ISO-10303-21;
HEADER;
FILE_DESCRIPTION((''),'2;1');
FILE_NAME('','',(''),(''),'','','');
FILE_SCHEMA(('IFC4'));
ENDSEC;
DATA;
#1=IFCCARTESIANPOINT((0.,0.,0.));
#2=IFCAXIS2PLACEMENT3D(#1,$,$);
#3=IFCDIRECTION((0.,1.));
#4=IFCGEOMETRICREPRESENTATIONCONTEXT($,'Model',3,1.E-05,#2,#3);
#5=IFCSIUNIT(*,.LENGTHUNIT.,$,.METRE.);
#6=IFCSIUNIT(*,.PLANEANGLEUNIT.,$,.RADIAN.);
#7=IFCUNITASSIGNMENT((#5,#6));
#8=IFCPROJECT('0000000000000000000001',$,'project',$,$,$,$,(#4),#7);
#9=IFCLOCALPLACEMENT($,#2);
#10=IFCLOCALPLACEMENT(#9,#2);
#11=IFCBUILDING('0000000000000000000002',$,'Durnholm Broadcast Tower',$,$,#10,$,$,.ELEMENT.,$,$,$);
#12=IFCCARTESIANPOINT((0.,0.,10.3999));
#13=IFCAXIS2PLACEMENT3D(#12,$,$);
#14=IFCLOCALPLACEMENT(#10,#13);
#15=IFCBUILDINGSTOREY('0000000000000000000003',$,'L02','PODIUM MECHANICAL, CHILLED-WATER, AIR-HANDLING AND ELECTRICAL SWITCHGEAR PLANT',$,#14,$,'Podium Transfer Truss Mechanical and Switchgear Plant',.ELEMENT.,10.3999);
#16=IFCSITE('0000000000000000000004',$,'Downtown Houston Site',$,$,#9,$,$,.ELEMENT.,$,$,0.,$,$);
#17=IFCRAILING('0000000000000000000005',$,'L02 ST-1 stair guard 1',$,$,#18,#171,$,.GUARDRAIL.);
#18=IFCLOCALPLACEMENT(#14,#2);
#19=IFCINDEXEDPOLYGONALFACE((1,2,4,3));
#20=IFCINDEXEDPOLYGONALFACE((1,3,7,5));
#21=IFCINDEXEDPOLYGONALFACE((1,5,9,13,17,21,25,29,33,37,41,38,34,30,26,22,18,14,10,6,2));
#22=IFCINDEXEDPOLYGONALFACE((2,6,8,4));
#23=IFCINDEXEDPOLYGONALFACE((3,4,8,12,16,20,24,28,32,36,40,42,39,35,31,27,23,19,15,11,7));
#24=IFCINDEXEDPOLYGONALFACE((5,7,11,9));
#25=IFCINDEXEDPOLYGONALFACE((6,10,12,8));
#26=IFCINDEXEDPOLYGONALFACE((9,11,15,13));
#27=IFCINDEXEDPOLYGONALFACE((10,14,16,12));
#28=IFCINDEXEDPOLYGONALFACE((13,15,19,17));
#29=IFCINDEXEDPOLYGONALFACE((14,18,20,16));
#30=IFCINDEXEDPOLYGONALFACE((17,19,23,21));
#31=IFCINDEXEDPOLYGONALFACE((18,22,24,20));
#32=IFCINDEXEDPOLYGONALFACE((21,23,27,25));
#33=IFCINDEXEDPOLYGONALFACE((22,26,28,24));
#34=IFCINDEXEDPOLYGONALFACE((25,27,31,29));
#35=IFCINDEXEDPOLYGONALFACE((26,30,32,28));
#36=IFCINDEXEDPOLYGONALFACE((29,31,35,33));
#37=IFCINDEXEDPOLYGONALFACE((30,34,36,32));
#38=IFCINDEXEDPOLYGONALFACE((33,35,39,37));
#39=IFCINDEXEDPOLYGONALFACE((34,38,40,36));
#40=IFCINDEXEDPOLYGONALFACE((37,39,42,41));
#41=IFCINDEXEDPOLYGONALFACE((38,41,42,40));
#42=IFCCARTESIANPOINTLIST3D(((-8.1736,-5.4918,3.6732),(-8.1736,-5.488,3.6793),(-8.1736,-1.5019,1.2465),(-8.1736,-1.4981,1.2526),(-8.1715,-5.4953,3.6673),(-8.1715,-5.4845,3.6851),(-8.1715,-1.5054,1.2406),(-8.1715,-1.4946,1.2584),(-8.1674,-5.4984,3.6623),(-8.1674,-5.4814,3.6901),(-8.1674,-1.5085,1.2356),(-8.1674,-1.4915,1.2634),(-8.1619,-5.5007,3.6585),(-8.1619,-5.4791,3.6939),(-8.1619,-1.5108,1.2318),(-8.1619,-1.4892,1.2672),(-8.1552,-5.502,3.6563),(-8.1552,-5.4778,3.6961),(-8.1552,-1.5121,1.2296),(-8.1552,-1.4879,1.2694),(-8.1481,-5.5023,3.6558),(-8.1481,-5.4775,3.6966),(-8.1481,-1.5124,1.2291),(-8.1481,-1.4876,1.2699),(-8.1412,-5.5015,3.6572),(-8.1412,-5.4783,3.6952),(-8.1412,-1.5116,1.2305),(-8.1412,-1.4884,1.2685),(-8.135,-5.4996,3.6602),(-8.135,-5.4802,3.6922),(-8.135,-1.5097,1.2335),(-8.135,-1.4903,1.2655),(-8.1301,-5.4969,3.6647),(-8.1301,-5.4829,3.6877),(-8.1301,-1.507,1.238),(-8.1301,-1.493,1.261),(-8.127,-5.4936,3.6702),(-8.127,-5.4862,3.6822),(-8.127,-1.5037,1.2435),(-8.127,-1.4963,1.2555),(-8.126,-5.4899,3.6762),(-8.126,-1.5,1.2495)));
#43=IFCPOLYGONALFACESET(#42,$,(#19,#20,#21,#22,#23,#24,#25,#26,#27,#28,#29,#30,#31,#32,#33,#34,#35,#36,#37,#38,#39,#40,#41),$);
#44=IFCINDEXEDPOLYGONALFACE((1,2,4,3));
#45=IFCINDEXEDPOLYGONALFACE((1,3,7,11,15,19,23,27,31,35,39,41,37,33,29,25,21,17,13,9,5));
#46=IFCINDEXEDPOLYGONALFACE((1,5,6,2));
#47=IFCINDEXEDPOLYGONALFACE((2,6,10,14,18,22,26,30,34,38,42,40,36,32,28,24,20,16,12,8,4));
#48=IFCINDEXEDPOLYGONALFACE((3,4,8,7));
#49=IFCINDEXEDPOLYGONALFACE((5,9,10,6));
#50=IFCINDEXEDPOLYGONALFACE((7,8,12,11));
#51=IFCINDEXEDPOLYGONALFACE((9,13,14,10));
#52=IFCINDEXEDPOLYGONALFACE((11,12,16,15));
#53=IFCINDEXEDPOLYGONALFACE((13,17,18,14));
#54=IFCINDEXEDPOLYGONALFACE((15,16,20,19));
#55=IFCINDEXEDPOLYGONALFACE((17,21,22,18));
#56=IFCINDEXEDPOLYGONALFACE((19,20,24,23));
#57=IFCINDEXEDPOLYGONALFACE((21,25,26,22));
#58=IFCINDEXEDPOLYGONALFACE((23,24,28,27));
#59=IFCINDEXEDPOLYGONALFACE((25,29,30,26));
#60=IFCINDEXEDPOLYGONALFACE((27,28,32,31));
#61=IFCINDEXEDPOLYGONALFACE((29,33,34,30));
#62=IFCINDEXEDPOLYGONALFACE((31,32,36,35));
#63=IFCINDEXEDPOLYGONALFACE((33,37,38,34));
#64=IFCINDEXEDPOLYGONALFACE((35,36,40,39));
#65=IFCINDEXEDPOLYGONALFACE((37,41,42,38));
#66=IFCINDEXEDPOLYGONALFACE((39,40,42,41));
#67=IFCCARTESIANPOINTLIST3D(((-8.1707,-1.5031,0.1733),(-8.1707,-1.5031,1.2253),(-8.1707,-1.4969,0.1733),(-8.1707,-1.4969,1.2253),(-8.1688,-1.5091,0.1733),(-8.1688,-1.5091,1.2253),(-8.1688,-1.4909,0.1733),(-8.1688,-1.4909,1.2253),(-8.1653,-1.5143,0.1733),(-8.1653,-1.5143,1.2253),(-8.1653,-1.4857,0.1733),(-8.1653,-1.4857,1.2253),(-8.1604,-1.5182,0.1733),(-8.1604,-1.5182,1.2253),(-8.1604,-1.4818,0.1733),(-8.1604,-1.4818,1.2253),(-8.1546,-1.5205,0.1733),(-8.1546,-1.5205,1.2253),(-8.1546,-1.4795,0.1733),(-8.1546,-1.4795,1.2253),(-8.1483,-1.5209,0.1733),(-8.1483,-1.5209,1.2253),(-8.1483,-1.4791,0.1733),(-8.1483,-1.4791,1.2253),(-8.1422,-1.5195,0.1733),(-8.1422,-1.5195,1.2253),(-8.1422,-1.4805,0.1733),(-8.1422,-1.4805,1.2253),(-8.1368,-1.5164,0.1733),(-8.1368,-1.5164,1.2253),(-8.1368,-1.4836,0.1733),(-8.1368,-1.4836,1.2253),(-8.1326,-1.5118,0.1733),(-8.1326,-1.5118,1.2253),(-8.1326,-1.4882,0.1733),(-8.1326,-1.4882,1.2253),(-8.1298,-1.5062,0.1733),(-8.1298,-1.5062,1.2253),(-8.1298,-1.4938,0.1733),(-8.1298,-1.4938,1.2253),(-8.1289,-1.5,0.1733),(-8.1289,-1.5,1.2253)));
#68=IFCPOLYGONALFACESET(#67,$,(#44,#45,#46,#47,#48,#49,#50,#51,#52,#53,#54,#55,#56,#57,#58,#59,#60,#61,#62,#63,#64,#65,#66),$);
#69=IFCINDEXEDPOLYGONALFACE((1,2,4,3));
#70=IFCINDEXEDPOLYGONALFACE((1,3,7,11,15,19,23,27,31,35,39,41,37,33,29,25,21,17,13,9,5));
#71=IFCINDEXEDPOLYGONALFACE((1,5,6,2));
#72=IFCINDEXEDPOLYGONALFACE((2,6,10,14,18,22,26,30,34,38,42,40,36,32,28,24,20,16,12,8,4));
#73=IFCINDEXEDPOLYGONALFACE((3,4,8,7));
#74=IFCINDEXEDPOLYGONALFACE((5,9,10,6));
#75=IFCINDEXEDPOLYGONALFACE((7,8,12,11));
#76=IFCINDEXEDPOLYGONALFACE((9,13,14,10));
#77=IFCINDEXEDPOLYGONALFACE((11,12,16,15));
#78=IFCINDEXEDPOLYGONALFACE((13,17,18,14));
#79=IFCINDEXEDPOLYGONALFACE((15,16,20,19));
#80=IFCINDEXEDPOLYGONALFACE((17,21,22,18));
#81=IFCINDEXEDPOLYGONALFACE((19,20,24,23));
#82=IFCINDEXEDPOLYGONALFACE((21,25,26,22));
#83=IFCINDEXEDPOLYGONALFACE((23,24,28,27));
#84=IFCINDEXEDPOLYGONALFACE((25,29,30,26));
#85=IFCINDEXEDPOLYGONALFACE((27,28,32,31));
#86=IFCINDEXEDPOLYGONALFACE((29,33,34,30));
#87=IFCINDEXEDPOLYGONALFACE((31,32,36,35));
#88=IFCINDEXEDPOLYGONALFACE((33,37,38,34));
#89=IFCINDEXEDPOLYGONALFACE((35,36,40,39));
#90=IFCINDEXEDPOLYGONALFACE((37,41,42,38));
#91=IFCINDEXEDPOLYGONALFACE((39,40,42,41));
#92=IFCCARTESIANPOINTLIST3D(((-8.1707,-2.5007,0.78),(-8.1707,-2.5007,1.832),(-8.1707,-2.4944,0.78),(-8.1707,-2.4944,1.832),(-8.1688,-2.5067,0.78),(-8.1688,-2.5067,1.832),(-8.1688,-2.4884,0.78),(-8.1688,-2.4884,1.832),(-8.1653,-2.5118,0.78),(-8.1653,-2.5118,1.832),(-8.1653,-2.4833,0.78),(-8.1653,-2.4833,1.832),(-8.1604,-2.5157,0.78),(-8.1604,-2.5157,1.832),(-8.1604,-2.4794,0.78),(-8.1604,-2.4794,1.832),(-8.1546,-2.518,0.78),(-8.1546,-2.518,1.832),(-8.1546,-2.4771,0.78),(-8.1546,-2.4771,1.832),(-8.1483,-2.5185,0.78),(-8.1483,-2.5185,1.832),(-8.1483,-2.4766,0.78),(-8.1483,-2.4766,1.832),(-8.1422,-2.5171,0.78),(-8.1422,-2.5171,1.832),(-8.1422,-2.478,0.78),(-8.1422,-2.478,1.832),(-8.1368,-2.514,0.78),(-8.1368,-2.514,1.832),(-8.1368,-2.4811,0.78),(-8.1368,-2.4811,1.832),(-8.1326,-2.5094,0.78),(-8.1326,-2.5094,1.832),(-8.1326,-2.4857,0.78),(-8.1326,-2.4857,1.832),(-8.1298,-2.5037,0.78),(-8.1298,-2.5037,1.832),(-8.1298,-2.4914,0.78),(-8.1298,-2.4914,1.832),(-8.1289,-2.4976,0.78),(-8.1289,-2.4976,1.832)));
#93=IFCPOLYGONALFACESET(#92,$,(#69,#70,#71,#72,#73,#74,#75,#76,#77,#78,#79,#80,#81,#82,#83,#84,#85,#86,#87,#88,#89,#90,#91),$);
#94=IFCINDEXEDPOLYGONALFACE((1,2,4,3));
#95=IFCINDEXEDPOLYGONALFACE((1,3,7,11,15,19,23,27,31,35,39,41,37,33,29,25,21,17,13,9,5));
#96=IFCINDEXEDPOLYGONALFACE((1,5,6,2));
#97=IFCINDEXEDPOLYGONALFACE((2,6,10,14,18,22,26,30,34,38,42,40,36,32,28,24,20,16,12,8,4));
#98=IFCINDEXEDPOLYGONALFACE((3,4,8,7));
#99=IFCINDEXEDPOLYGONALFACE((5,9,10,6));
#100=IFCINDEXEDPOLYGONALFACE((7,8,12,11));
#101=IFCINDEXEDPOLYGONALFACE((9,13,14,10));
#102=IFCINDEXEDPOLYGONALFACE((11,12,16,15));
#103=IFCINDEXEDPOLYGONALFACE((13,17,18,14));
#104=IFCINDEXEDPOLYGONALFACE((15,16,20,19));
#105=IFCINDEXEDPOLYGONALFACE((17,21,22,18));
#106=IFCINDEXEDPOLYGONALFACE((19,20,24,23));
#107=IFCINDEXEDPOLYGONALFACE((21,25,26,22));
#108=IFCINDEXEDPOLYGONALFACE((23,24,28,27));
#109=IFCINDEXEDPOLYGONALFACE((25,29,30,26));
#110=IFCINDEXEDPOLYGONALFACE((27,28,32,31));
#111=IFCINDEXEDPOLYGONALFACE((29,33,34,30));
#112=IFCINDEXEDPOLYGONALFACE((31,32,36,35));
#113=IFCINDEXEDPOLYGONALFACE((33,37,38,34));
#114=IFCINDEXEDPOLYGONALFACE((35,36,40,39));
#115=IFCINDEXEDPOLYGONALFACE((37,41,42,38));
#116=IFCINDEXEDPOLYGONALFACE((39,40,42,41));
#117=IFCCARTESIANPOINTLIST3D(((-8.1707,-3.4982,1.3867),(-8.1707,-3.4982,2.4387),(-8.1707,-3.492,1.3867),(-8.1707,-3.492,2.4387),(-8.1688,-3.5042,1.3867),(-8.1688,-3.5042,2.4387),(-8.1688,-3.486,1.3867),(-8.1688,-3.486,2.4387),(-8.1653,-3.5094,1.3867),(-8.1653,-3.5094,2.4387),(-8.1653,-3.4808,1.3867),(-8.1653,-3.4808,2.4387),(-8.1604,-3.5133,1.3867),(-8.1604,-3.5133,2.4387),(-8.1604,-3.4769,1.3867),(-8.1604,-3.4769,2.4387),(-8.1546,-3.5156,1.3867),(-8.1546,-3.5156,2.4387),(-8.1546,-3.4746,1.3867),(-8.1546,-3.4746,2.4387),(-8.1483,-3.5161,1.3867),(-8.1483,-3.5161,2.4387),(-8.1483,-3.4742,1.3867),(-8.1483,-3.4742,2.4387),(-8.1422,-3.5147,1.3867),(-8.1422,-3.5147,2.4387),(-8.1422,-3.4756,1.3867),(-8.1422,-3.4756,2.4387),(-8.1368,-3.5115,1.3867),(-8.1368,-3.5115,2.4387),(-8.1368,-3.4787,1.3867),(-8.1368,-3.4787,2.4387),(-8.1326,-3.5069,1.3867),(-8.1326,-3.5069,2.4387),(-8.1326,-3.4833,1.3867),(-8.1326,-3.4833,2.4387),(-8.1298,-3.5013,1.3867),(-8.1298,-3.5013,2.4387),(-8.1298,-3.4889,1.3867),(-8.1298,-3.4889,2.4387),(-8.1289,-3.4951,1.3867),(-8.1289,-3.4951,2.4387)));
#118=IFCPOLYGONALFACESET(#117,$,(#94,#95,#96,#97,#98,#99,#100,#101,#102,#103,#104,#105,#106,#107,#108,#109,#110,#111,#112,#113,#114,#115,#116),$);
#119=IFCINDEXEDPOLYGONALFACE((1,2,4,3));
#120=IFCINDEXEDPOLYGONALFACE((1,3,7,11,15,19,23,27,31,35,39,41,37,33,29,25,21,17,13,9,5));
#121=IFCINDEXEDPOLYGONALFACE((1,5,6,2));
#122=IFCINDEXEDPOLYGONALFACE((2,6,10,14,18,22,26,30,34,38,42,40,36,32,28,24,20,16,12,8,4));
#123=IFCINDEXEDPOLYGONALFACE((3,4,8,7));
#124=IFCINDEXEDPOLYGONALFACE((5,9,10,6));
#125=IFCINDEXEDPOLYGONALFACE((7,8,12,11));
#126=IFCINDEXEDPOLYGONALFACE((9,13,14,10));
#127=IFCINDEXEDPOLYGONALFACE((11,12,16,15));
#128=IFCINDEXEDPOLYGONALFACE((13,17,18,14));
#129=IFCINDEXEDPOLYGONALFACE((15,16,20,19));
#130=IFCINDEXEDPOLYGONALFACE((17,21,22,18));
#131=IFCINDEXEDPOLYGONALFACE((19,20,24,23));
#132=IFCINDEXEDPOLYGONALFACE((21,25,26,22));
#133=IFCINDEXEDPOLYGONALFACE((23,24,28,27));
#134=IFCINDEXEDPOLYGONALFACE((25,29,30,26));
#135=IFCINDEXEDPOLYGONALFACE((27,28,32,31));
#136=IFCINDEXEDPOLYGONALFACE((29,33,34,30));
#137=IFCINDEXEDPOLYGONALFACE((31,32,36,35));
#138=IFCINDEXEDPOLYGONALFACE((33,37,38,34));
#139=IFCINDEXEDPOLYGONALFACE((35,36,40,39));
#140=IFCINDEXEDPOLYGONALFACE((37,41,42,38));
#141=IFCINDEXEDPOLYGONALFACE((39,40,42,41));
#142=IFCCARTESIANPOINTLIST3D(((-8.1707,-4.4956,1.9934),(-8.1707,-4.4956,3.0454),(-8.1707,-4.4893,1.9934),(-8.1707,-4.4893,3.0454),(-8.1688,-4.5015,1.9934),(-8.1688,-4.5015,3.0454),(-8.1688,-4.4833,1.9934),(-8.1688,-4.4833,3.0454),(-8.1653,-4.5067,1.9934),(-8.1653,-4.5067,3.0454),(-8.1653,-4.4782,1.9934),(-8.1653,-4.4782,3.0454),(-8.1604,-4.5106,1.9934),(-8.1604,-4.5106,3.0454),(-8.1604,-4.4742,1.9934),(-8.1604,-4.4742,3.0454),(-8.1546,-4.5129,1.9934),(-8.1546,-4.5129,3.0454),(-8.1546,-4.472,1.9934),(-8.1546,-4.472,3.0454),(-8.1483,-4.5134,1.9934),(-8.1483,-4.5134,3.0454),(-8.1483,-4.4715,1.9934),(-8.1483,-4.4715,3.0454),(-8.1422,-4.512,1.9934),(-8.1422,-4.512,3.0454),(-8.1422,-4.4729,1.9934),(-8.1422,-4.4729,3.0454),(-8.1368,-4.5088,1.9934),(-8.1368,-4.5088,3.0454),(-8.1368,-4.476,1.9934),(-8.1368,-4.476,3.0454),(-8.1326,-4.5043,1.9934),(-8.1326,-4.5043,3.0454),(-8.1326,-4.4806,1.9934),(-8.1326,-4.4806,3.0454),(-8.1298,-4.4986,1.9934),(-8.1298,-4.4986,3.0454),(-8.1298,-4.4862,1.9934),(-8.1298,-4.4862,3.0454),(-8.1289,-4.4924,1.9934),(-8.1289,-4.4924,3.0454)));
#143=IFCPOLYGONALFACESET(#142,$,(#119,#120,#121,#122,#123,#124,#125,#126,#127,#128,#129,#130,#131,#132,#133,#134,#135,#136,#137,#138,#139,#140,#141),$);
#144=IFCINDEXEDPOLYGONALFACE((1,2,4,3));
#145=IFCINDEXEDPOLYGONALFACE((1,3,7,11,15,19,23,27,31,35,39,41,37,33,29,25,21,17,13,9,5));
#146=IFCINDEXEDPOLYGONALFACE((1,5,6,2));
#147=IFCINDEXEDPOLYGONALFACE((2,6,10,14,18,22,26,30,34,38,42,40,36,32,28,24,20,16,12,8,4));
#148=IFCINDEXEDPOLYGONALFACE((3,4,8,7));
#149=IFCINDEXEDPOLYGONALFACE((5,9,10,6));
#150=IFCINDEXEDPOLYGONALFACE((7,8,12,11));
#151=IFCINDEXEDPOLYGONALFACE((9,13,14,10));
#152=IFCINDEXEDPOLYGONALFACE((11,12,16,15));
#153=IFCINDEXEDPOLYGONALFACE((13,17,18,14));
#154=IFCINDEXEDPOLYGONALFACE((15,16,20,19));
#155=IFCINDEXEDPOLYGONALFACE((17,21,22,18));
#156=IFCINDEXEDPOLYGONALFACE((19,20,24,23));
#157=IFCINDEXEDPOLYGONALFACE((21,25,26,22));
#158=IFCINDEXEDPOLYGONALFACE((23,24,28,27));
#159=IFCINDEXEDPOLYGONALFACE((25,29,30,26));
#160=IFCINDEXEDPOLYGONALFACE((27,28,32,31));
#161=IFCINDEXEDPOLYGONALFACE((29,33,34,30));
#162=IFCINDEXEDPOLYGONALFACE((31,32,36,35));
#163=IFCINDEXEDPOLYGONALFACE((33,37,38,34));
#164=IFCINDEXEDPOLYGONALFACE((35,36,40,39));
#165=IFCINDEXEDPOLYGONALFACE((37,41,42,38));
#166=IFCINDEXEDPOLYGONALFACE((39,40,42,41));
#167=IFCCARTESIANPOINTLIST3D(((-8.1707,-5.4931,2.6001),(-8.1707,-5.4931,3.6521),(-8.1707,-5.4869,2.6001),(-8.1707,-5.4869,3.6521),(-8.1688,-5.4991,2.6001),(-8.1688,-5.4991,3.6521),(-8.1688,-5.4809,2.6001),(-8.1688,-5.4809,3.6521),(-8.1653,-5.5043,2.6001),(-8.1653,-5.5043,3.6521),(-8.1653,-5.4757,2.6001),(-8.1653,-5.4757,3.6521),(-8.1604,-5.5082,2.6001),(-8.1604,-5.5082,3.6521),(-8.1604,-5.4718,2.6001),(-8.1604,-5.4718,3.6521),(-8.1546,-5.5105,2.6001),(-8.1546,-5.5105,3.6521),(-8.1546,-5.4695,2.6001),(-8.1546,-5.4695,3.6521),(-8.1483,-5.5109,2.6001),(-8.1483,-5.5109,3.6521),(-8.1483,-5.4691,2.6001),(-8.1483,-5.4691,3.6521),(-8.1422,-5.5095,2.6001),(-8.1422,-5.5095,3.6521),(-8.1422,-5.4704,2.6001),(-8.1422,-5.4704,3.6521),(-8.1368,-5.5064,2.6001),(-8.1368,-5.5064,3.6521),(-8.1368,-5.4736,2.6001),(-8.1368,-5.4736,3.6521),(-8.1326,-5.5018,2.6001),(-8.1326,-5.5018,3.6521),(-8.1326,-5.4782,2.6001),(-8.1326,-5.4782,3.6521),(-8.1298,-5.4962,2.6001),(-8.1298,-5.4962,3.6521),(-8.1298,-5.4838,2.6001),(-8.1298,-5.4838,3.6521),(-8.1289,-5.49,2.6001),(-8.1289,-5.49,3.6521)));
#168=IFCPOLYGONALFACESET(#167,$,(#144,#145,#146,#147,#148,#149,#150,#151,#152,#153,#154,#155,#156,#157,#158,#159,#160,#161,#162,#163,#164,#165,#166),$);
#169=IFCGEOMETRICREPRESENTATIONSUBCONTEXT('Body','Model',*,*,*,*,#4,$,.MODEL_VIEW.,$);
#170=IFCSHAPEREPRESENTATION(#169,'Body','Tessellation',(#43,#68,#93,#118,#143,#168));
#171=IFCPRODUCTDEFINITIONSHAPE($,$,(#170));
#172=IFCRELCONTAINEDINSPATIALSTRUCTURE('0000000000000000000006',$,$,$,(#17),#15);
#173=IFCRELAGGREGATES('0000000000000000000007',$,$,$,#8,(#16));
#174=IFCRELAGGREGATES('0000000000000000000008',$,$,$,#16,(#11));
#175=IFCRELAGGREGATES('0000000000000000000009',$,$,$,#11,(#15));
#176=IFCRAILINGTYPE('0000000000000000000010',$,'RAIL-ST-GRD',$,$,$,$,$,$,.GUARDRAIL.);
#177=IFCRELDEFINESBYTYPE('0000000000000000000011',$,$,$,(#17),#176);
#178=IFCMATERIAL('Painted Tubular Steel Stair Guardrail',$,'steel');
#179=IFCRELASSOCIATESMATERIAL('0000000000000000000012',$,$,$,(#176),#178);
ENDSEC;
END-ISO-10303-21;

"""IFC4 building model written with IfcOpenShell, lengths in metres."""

from ifc_helpers import new_model, si_unit, direction, frame, origin, origin_2d, place, context, subcontext, project, spatial, circle, extrude, material, type_object, element, save


model = new_model("IFC4")

# Units and contexts
model_context = context("Model", 3, precision=1e-05, world=origin(), true_north=direction((0.0, 1.0)))
body_context = subcontext(model_context, "Body", "Model", "MODEL_VIEW")
ifc_project = project(units=[si_unit("LENGTHUNIT", "METRE"), si_unit("PLANEANGLEUNIT", "RADIAN")], contexts=[model_context])

# Site, building, storey
site_placement = place(None, origin())
site = spatial("IfcSite", under=ifc_project, at=site_placement, Name="Downtown Houston Site", CompositionType="ELEMENT", RefElevation=0.0)
building_placement = place(site_placement, origin())
building = spatial("IfcBuilding", under=site, at=building_placement, Name="Durnholm Broadcast Tower", CompositionType="ELEMENT")
storey_placement = place(building_placement, frame((0.0, 0.0, 10.3999)))
storey = spatial("IfcBuildingStorey", under=building, at=storey_placement, Name="L02", Description="PODIUM MECHANICAL, CHILLED-WATER, AIR-HANDLING AND ELECTRICAL SWITCHGEAR PLANT", LongName="Podium Transfer Truss Mechanical and Switchgear Plant", CompositionType="ELEMENT", Elevation=10.3999)

# Railing
ifc_material_1 = material(Name="Painted Tubular Steel Stair Guardrail", Category="steel")
railing_type_1 = type_object("IfcRailingType", Name="RAIL-ST-GRD", PredefinedType="GUARDRAIL", material=ifc_material_1)
railing_1_placement = place(storey_placement, frame((-8.1499, -1.5, 0.1733)))
element("IfcRailing", 1, at=railing_1_placement, inside=storey, type_object=railing_type_1, Name="L02 ST-1 stair guard 1", PredefinedType="GUARDRAIL", context=body_context, shape_type="SweptSolid", body=[
    extrude(circle(Radius=0.0239, at=origin_2d()), frame((0.0, 0.0, 1.0762), z_axis=(0.0, -0.854382, 0.519645), x_axis=(1.0, 0.0, 0.0)), (0.0, 0.0, 1.0), 4.6699),
    extrude(circle(Radius=0.021, at=origin_2d()), origin(), (0.0, 0.0, 1.0), 1.052),
    extrude(circle(Radius=0.021, at=origin_2d()), frame((0.0, -0.9976, 0.6067)), (0.0, 0.0, 1.0), 1.052),
    extrude(circle(Radius=0.021, at=origin_2d()), frame((0.0, -1.9951, 1.2134)), (0.0, 0.0, 1.0), 1.052),
    extrude(circle(Radius=0.021, at=origin_2d()), frame((0.0, -2.9924, 1.8201)), (0.0, 0.0, 1.0), 1.052),
    extrude(circle(Radius=0.021, at=origin_2d()), frame((0.0, -3.99, 2.4268)), (0.0, 0.0, 1.0), 1.052),
])

save(model, "model.ifc")
